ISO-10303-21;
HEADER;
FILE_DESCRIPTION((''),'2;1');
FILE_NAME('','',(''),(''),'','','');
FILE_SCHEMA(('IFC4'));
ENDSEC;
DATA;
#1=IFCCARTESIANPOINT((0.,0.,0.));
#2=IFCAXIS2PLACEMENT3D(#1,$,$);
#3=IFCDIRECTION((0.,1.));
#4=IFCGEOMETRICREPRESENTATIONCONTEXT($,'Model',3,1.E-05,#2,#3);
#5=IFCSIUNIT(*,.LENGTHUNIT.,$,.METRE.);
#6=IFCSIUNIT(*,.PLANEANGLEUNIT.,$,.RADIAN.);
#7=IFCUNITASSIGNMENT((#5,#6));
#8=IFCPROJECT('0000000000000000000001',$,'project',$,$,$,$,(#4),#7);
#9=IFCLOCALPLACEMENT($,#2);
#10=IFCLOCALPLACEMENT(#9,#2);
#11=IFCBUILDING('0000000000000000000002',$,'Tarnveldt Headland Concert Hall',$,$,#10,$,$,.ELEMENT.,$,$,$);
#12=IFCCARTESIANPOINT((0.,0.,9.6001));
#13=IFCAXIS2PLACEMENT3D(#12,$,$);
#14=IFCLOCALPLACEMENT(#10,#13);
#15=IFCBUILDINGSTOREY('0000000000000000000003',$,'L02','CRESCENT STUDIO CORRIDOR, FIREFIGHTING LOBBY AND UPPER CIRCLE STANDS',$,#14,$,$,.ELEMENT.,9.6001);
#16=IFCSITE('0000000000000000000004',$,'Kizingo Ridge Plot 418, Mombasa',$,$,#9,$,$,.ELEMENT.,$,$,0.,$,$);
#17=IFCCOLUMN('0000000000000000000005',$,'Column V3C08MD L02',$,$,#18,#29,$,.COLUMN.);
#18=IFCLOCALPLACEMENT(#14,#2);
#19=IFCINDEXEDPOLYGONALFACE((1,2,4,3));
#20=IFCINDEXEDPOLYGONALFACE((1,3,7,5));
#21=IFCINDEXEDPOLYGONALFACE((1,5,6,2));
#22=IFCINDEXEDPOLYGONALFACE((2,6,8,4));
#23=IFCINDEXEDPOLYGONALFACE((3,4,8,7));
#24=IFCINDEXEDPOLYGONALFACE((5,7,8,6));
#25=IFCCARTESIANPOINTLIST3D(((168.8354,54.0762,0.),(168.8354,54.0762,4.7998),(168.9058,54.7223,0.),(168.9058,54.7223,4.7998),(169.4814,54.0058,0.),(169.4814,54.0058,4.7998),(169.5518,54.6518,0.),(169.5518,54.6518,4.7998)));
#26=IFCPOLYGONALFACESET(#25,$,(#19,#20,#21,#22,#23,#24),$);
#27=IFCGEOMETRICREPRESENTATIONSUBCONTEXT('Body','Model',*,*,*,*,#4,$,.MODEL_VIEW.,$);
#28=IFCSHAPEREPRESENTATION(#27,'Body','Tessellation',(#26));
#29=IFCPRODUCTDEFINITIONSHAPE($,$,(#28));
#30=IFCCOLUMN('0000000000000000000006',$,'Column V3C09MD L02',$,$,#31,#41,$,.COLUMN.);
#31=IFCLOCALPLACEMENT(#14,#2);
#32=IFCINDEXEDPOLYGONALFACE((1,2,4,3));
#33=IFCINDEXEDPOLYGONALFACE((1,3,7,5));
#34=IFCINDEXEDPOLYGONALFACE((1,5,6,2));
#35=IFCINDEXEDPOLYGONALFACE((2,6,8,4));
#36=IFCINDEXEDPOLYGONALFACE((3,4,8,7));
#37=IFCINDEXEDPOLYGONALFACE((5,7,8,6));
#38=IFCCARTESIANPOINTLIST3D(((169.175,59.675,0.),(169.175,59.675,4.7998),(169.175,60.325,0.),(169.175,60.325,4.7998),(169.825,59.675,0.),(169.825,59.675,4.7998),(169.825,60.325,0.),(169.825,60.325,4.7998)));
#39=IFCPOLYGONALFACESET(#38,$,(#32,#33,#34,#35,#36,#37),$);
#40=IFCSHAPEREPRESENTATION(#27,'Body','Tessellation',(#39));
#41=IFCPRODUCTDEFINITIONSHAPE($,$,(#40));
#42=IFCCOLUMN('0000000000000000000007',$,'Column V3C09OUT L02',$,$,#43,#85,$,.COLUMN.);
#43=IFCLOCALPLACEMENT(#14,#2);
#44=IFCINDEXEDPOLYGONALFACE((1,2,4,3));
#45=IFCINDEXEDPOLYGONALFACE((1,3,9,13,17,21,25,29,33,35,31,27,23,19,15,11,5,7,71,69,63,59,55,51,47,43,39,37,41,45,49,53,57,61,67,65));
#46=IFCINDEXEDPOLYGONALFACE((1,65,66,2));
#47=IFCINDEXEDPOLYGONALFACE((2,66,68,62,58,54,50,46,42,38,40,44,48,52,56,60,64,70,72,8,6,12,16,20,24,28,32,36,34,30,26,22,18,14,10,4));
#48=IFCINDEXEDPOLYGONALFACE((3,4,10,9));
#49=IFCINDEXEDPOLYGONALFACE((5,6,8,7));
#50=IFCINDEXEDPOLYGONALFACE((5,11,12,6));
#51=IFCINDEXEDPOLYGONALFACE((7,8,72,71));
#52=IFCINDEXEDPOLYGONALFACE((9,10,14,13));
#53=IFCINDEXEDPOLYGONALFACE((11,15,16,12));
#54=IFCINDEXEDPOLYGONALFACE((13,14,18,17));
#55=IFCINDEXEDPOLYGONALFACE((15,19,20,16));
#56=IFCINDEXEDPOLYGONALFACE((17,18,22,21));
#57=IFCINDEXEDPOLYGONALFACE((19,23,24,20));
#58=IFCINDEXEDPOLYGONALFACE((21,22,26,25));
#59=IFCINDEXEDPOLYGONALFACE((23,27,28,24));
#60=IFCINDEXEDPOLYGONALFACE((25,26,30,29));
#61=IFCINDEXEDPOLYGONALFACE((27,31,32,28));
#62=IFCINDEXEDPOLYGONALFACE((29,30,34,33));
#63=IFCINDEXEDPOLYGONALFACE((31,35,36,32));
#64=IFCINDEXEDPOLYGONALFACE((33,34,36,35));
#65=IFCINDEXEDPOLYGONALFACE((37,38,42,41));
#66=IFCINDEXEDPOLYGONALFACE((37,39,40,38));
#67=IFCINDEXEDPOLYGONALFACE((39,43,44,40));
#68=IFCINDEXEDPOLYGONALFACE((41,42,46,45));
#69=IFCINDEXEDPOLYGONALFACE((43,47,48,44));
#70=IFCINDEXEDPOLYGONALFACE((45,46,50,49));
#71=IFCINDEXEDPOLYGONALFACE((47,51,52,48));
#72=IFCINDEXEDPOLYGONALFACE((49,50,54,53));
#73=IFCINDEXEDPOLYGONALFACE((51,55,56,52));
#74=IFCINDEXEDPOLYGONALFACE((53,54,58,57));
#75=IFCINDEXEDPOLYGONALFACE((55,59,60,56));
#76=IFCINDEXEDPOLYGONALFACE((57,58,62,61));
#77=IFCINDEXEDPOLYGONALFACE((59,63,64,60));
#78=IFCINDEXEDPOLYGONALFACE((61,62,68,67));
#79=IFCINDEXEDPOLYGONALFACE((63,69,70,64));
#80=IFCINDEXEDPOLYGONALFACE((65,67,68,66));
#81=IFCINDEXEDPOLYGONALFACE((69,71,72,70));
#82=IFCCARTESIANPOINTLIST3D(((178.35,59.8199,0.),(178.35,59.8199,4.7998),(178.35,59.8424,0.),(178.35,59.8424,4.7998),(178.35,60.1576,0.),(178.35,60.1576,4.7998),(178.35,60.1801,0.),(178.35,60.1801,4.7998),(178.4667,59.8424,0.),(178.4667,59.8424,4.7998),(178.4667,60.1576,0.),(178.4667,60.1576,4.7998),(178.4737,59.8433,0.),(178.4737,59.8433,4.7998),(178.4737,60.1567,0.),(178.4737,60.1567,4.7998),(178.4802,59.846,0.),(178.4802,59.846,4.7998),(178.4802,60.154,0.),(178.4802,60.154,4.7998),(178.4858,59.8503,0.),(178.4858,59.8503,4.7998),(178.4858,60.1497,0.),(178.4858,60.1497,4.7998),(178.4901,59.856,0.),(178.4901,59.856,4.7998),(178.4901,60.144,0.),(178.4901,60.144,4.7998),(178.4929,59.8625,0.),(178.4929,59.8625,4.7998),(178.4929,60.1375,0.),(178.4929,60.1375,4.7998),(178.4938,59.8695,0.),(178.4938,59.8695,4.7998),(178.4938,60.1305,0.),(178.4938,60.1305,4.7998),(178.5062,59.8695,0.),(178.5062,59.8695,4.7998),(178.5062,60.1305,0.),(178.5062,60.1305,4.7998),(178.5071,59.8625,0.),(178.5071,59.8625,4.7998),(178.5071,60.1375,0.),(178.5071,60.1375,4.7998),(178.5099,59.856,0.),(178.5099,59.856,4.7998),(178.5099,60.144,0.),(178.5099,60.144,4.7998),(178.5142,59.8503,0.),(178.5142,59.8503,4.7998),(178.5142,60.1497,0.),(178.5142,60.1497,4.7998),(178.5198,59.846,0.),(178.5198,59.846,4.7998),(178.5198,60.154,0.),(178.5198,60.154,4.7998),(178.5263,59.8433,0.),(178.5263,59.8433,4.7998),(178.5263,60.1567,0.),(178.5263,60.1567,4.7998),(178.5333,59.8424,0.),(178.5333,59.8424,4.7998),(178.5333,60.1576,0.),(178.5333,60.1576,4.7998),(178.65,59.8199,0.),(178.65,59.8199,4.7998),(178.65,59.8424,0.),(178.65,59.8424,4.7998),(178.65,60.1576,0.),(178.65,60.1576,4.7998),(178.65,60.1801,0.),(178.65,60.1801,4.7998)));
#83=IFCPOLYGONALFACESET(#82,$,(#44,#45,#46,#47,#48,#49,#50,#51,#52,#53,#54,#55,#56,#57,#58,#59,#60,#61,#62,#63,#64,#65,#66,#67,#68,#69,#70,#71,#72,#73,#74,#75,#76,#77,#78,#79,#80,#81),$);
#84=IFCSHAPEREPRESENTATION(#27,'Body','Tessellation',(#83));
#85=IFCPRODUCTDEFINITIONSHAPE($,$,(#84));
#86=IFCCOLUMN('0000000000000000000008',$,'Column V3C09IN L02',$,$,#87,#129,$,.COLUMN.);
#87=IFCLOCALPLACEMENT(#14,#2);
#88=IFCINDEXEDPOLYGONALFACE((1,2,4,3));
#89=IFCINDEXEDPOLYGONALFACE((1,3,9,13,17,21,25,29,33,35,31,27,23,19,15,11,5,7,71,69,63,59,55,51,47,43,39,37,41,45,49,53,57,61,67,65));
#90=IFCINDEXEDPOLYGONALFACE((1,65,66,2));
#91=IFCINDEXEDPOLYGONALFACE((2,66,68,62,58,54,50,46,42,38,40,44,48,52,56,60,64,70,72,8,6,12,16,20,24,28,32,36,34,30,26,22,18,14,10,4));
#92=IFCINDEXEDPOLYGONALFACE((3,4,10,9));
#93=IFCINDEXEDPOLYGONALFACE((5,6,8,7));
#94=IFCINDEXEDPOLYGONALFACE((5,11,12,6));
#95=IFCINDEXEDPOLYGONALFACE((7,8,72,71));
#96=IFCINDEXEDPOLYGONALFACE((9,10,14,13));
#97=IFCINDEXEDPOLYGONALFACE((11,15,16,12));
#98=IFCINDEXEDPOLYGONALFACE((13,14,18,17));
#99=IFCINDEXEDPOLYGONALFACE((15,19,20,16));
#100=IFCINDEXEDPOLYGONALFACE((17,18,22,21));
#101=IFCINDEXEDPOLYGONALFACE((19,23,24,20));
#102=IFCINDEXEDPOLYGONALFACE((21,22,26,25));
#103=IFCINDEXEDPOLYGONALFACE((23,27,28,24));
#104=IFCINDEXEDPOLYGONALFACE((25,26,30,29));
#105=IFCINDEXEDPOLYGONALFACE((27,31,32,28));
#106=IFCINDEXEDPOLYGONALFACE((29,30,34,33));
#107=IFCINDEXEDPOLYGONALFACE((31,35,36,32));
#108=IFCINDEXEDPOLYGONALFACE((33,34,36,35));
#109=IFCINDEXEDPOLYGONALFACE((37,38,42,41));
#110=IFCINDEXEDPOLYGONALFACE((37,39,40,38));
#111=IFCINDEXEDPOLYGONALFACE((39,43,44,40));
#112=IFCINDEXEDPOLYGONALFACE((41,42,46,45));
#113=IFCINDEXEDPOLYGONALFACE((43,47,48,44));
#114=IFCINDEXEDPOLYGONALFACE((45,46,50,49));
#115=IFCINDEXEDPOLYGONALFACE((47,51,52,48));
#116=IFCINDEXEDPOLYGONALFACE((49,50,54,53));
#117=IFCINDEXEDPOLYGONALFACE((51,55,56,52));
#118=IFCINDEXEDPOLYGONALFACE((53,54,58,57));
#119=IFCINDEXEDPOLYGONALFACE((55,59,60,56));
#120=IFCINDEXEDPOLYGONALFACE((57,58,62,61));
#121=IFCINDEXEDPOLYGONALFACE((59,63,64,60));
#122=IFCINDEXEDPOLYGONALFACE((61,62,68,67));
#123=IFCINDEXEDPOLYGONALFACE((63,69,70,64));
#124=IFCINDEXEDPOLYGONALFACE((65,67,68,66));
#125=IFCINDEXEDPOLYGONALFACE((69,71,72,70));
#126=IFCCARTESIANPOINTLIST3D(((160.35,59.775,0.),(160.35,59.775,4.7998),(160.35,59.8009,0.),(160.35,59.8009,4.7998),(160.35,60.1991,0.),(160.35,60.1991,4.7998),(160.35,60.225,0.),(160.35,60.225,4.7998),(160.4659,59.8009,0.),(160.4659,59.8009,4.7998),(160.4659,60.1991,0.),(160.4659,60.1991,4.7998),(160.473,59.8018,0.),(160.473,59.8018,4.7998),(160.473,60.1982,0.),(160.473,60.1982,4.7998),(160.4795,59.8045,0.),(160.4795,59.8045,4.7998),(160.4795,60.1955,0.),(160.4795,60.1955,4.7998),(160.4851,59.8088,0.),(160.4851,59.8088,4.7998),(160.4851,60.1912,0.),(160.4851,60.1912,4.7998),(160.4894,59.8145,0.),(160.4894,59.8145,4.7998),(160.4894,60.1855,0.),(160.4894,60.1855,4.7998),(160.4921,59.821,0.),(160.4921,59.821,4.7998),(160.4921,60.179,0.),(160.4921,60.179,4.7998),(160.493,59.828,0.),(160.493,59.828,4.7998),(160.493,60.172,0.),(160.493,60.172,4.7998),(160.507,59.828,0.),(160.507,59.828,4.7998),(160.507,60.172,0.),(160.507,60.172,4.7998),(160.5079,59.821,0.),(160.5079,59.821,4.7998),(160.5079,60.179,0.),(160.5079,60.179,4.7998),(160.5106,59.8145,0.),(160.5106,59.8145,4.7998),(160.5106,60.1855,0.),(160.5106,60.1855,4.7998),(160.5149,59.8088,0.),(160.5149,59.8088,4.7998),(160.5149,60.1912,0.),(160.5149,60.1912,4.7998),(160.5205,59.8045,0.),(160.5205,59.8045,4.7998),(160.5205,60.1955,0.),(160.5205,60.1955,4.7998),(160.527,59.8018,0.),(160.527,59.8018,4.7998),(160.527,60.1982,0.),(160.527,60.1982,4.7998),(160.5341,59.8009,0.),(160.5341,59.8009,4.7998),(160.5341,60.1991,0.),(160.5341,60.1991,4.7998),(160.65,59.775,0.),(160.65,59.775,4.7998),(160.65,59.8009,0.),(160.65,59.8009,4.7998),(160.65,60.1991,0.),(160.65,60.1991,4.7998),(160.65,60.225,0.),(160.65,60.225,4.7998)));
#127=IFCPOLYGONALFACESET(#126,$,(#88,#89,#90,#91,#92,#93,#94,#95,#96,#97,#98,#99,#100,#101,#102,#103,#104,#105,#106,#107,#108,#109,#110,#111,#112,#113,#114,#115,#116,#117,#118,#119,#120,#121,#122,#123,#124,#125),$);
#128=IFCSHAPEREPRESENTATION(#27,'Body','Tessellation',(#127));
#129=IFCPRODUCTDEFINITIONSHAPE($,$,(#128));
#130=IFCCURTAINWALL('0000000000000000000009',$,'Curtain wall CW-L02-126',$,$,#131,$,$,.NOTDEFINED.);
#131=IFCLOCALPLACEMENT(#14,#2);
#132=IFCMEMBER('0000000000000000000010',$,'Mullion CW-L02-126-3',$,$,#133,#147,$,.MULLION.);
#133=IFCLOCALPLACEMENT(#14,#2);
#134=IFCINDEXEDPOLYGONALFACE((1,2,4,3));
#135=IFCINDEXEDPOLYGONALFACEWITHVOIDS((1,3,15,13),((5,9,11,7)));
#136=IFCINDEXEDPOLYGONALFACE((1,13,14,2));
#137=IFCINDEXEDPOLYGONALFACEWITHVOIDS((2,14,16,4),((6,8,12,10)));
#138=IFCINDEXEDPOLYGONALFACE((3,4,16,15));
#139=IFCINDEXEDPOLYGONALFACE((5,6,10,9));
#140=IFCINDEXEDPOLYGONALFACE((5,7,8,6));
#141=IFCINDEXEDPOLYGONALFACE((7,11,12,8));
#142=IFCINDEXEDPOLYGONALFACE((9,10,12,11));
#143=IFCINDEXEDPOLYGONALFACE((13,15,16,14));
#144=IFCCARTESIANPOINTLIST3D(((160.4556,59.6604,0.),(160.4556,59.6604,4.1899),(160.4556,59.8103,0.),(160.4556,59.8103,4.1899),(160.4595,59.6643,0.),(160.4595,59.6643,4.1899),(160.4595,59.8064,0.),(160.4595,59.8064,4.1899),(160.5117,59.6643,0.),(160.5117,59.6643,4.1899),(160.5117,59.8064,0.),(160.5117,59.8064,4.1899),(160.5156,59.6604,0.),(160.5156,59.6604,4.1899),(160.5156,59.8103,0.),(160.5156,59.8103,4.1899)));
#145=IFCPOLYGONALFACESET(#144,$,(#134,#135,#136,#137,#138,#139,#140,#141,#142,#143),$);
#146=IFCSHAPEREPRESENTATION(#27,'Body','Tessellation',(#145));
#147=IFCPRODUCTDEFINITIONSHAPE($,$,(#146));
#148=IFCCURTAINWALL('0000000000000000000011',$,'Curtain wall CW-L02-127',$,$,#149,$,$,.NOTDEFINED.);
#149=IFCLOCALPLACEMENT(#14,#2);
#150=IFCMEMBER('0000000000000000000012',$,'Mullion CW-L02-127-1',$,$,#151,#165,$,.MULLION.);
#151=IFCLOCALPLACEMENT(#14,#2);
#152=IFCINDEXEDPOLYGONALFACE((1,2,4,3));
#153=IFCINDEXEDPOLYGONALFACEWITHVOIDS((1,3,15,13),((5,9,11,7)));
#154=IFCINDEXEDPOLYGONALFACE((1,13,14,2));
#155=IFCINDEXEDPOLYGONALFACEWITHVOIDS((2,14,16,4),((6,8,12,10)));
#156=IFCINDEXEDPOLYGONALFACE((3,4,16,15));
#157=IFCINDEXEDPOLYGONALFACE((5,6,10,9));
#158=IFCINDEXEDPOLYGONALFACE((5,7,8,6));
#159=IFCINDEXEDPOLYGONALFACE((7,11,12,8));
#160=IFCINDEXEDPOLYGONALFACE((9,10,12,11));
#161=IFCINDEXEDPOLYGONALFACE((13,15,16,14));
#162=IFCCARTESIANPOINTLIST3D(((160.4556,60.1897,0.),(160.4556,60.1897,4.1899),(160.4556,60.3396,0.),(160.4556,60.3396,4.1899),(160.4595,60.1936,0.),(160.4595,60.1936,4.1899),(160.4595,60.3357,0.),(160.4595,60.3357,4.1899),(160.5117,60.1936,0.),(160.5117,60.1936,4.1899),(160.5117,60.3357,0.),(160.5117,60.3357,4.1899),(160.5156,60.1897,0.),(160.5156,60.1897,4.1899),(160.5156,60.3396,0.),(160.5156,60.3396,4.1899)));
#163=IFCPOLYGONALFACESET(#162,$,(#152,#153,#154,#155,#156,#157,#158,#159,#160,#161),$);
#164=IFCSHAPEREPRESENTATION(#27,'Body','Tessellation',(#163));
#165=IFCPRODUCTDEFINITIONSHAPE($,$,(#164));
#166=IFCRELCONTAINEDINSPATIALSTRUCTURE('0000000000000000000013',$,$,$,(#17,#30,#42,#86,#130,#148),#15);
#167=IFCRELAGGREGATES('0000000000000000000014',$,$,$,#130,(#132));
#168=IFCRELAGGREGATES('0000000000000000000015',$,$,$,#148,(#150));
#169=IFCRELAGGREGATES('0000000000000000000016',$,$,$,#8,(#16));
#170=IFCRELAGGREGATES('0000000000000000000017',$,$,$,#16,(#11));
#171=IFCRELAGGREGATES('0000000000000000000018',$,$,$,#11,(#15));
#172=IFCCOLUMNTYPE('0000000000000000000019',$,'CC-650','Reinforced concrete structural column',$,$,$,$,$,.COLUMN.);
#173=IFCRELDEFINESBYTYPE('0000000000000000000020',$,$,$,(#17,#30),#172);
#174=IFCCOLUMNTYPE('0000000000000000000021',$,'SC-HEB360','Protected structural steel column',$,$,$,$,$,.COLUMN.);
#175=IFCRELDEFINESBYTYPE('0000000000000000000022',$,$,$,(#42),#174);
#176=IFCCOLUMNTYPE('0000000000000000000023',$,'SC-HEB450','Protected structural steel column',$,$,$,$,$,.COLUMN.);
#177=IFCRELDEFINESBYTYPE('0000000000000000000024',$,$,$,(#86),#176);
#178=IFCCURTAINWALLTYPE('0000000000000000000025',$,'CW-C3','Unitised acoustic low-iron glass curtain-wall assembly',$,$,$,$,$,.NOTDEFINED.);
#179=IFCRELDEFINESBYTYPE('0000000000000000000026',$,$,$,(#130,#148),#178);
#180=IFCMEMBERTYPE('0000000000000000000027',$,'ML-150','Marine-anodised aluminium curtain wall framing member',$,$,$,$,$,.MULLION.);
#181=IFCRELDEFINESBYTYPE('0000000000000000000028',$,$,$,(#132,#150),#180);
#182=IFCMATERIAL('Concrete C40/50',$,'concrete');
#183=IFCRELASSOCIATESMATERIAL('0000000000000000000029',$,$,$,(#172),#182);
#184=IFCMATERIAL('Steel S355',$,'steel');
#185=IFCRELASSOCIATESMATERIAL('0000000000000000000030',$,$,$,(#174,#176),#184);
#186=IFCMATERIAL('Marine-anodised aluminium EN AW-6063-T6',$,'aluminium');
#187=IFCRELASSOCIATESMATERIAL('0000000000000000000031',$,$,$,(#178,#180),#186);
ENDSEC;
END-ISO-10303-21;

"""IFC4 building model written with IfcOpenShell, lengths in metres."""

from ifc_helpers import new_model, si_unit, direction, frame, origin, origin_2d, place, context, subcontext, project, spatial, rectangle, hollow_rectangle, i_section, extrude, material, material_profile, profile_set, type_object, element, aggregate, save


model = new_model("IFC4")

# Units and contexts
model_context = context("Model", 3, precision=1e-05, world=origin(), true_north=direction((0.0, 1.0)))
body_context = subcontext(model_context, "Body", "Model", "MODEL_VIEW")
ifc_project = project(units=[si_unit("LENGTHUNIT", "METRE"), si_unit("PLANEANGLEUNIT", "RADIAN")], contexts=[model_context])

# Site, building, storey
site_placement = place(None, origin())
site = spatial("IfcSite", under=ifc_project, at=site_placement, Name="Kizingo Ridge Plot 418, Mombasa", CompositionType="ELEMENT", RefElevation=0.0)
building_placement = place(site_placement, origin())
building = spatial("IfcBuilding", under=site, at=building_placement, Name="Tarnveldt Headland Concert Hall", CompositionType="ELEMENT")
storey_placement = place(building_placement, frame((0.0, 0.0, 9.6001)))
storey = spatial("IfcBuildingStorey", under=building, at=storey_placement, Name="L02", Description="CRESCENT STUDIO CORRIDOR, FIREFIGHTING LOBBY AND UPPER CIRCLE STANDS", CompositionType="ELEMENT", Elevation=9.6001)

# Columns
ifc_material_1 = material(Name="Concrete C40/50", Category="concrete")
ifc_material_profile_1 = material_profile(ifc_material_1, rectangle(XDim=0.6499, YDim=0.6499, at=origin_2d()), Name="RC 650x650", Category="concrete")
ifc_profile_set_1 = profile_set([ifc_material_profile_1], Name="Concrete C40/50")
column_type_1 = type_object("IfcColumnType", Name="CC-650", Description="Reinforced concrete structural column", PredefinedType="COLUMN", material=ifc_profile_set_1)
for number, where, z_axis, x_axis, name in (
    (1, (169.1936, 54.364, 0.0), (0.0, 0.0, 1.0), (0.994113, -0.108346, 0.0), "Column V3C08MD L02"),
    (2, (169.5, 60.0, 0.0), (0.0, 0.0, 1.0), (1.0, 0.0, 0.0), "Column V3C09MD L02"),
):
    element("IfcColumn", number, at=place(storey_placement, frame(where, z_axis=z_axis, x_axis=x_axis)), inside=storey, type_object=column_type_1, Name=name, PredefinedType="COLUMN", context=body_context, shape_type="SweptSolid", body=[
        extrude(rectangle(XDim=0.6499, YDim=0.6499, at=origin_2d()), origin(), (0.0, 0.0, 1.0), 4.7998),
    ])
ifc_material_2 = material(Name="Steel S355", Category="steel")
ifc_material_profile_2 = material_profile(ifc_material_2, i_section(OverallWidth=0.3, OverallDepth=0.3601, WebThickness=0.0125, FlangeThickness=0.0225, FilletRadius=0.0271, at=origin_2d()), Name="HEB360", Category="steel")
ifc_profile_set_2 = profile_set([ifc_material_profile_2], Name="Steel S355")
column_type_2 = type_object("IfcColumnType", Name="SC-HEB360", Description="Protected structural steel column", PredefinedType="COLUMN", material=ifc_profile_set_2)
column_1_placement = place(storey_placement, frame((178.5, 60.0, 0.0), z_axis=(0.0, 0.0, 1.0), x_axis=(1.0, 0.0, 0.0)))
element("IfcColumn", 3, at=column_1_placement, inside=storey, type_object=column_type_2, Name="Column V3C09OUT L02", PredefinedType="COLUMN", context=body_context, shape_type="SweptSolid", body=[
    extrude(i_section(OverallWidth=0.3, OverallDepth=0.3601, WebThickness=0.0125, FlangeThickness=0.0225, FilletRadius=0.0271, at=origin_2d()), origin(), (0.0, 0.0, 1.0), 4.7998),
])
ifc_material_profile_3 = material_profile(ifc_material_2, i_section(OverallWidth=0.3, OverallDepth=0.45, WebThickness=0.0139, FlangeThickness=0.0259, FilletRadius=0.0271, at=origin_2d()), Name="HEB450", Category="steel")
ifc_profile_set_3 = profile_set([ifc_material_profile_3], Name="Steel S355")
column_type_3 = type_object("IfcColumnType", Name="SC-HEB450", Description="Protected structural steel column", PredefinedType="COLUMN", material=ifc_profile_set_3)
column_2_placement = place(storey_placement, frame((160.5, 60.0, 0.0), z_axis=(0.0, 0.0, 1.0), x_axis=(1.0, 0.0, 0.0)))
element("IfcColumn", 4, at=column_2_placement, inside=storey, type_object=column_type_3, Name="Column V3C09IN L02", PredefinedType="COLUMN", context=body_context, shape_type="SweptSolid", body=[
    extrude(i_section(OverallWidth=0.3, OverallDepth=0.45, WebThickness=0.0139, FlangeThickness=0.0259, FilletRadius=0.0271, at=origin_2d()), origin(), (0.0, 0.0, 1.0), 4.7998),
])

# Curtain walls, members
ifc_material_3 = material(Name="Marine-anodised aluminium EN AW-6063-T6", Category="aluminium")
curtain_wall_type = type_object("IfcCurtainWallType", Name="CW-C3", Description="Unitised acoustic low-iron glass curtain-wall assembly", PredefinedType="NOTDEFINED", material=ifc_material_3)
curtain_wall_1_placement = place(storey_placement, origin())
curtain_wall_1 = element("IfcCurtainWall", 5, at=curtain_wall_1_placement, inside=storey, type_object=curtain_wall_type, Name="Curtain wall CW-L02-126", PredefinedType="NOTDEFINED")
ifc_material_profile_4 = material_profile(ifc_material_3, hollow_rectangle(XDim=0.0601, YDim=0.1499, WallThickness=0.0039, at=origin_2d()), Name="ALU MULLION 60x150x4", Category="aluminium")
ifc_profile_set_4 = profile_set([ifc_material_profile_4], Name="Marine-anodised aluminium EN AW-6063-T6")
member_type = type_object("IfcMemberType", Name="ML-150", Description="Marine-anodised aluminium curtain wall framing member", PredefinedType="MULLION", material=ifc_profile_set_4)
member_1_placement = place(storey_placement, frame((160.4856, 59.7354, 0.0), z_axis=(0.0, 0.0, 1.0), x_axis=(1.0, 0.0, 0.0)))
member_1 = element("IfcMember", 6, at=member_1_placement, type_object=member_type, Name="Mullion CW-L02-126-3", PredefinedType="MULLION", context=body_context, shape_type="SweptSolid", body=[
    extrude(hollow_rectangle(XDim=0.0601, YDim=0.1499, WallThickness=0.0039, at=origin_2d()), origin(), (0.0, 0.0, 1.0), 4.1899),
])
aggregate(curtain_wall_1, [member_1])
curtain_wall_2_placement = place(storey_placement, origin())
curtain_wall_2 = element("IfcCurtainWall", 7, at=curtain_wall_2_placement, inside=storey, type_object=curtain_wall_type, Name="Curtain wall CW-L02-127", PredefinedType="NOTDEFINED")
member_2_placement = place(storey_placement, frame((160.4856, 60.2646, 0.0), z_axis=(0.0, 0.0, 1.0), x_axis=(1.0, 0.0, 0.0)))
member_2 = element("IfcMember", 8, at=member_2_placement, type_object=member_type, Name="Mullion CW-L02-127-1", PredefinedType="MULLION", context=body_context, shape_type="SweptSolid", body=[
    extrude(hollow_rectangle(XDim=0.0601, YDim=0.1499, WallThickness=0.0039, at=origin_2d()), origin(), (0.0, 0.0, 1.0), 4.1899),
])
aggregate(curtain_wall_2, [member_2])

save(model, "model.ifc")
